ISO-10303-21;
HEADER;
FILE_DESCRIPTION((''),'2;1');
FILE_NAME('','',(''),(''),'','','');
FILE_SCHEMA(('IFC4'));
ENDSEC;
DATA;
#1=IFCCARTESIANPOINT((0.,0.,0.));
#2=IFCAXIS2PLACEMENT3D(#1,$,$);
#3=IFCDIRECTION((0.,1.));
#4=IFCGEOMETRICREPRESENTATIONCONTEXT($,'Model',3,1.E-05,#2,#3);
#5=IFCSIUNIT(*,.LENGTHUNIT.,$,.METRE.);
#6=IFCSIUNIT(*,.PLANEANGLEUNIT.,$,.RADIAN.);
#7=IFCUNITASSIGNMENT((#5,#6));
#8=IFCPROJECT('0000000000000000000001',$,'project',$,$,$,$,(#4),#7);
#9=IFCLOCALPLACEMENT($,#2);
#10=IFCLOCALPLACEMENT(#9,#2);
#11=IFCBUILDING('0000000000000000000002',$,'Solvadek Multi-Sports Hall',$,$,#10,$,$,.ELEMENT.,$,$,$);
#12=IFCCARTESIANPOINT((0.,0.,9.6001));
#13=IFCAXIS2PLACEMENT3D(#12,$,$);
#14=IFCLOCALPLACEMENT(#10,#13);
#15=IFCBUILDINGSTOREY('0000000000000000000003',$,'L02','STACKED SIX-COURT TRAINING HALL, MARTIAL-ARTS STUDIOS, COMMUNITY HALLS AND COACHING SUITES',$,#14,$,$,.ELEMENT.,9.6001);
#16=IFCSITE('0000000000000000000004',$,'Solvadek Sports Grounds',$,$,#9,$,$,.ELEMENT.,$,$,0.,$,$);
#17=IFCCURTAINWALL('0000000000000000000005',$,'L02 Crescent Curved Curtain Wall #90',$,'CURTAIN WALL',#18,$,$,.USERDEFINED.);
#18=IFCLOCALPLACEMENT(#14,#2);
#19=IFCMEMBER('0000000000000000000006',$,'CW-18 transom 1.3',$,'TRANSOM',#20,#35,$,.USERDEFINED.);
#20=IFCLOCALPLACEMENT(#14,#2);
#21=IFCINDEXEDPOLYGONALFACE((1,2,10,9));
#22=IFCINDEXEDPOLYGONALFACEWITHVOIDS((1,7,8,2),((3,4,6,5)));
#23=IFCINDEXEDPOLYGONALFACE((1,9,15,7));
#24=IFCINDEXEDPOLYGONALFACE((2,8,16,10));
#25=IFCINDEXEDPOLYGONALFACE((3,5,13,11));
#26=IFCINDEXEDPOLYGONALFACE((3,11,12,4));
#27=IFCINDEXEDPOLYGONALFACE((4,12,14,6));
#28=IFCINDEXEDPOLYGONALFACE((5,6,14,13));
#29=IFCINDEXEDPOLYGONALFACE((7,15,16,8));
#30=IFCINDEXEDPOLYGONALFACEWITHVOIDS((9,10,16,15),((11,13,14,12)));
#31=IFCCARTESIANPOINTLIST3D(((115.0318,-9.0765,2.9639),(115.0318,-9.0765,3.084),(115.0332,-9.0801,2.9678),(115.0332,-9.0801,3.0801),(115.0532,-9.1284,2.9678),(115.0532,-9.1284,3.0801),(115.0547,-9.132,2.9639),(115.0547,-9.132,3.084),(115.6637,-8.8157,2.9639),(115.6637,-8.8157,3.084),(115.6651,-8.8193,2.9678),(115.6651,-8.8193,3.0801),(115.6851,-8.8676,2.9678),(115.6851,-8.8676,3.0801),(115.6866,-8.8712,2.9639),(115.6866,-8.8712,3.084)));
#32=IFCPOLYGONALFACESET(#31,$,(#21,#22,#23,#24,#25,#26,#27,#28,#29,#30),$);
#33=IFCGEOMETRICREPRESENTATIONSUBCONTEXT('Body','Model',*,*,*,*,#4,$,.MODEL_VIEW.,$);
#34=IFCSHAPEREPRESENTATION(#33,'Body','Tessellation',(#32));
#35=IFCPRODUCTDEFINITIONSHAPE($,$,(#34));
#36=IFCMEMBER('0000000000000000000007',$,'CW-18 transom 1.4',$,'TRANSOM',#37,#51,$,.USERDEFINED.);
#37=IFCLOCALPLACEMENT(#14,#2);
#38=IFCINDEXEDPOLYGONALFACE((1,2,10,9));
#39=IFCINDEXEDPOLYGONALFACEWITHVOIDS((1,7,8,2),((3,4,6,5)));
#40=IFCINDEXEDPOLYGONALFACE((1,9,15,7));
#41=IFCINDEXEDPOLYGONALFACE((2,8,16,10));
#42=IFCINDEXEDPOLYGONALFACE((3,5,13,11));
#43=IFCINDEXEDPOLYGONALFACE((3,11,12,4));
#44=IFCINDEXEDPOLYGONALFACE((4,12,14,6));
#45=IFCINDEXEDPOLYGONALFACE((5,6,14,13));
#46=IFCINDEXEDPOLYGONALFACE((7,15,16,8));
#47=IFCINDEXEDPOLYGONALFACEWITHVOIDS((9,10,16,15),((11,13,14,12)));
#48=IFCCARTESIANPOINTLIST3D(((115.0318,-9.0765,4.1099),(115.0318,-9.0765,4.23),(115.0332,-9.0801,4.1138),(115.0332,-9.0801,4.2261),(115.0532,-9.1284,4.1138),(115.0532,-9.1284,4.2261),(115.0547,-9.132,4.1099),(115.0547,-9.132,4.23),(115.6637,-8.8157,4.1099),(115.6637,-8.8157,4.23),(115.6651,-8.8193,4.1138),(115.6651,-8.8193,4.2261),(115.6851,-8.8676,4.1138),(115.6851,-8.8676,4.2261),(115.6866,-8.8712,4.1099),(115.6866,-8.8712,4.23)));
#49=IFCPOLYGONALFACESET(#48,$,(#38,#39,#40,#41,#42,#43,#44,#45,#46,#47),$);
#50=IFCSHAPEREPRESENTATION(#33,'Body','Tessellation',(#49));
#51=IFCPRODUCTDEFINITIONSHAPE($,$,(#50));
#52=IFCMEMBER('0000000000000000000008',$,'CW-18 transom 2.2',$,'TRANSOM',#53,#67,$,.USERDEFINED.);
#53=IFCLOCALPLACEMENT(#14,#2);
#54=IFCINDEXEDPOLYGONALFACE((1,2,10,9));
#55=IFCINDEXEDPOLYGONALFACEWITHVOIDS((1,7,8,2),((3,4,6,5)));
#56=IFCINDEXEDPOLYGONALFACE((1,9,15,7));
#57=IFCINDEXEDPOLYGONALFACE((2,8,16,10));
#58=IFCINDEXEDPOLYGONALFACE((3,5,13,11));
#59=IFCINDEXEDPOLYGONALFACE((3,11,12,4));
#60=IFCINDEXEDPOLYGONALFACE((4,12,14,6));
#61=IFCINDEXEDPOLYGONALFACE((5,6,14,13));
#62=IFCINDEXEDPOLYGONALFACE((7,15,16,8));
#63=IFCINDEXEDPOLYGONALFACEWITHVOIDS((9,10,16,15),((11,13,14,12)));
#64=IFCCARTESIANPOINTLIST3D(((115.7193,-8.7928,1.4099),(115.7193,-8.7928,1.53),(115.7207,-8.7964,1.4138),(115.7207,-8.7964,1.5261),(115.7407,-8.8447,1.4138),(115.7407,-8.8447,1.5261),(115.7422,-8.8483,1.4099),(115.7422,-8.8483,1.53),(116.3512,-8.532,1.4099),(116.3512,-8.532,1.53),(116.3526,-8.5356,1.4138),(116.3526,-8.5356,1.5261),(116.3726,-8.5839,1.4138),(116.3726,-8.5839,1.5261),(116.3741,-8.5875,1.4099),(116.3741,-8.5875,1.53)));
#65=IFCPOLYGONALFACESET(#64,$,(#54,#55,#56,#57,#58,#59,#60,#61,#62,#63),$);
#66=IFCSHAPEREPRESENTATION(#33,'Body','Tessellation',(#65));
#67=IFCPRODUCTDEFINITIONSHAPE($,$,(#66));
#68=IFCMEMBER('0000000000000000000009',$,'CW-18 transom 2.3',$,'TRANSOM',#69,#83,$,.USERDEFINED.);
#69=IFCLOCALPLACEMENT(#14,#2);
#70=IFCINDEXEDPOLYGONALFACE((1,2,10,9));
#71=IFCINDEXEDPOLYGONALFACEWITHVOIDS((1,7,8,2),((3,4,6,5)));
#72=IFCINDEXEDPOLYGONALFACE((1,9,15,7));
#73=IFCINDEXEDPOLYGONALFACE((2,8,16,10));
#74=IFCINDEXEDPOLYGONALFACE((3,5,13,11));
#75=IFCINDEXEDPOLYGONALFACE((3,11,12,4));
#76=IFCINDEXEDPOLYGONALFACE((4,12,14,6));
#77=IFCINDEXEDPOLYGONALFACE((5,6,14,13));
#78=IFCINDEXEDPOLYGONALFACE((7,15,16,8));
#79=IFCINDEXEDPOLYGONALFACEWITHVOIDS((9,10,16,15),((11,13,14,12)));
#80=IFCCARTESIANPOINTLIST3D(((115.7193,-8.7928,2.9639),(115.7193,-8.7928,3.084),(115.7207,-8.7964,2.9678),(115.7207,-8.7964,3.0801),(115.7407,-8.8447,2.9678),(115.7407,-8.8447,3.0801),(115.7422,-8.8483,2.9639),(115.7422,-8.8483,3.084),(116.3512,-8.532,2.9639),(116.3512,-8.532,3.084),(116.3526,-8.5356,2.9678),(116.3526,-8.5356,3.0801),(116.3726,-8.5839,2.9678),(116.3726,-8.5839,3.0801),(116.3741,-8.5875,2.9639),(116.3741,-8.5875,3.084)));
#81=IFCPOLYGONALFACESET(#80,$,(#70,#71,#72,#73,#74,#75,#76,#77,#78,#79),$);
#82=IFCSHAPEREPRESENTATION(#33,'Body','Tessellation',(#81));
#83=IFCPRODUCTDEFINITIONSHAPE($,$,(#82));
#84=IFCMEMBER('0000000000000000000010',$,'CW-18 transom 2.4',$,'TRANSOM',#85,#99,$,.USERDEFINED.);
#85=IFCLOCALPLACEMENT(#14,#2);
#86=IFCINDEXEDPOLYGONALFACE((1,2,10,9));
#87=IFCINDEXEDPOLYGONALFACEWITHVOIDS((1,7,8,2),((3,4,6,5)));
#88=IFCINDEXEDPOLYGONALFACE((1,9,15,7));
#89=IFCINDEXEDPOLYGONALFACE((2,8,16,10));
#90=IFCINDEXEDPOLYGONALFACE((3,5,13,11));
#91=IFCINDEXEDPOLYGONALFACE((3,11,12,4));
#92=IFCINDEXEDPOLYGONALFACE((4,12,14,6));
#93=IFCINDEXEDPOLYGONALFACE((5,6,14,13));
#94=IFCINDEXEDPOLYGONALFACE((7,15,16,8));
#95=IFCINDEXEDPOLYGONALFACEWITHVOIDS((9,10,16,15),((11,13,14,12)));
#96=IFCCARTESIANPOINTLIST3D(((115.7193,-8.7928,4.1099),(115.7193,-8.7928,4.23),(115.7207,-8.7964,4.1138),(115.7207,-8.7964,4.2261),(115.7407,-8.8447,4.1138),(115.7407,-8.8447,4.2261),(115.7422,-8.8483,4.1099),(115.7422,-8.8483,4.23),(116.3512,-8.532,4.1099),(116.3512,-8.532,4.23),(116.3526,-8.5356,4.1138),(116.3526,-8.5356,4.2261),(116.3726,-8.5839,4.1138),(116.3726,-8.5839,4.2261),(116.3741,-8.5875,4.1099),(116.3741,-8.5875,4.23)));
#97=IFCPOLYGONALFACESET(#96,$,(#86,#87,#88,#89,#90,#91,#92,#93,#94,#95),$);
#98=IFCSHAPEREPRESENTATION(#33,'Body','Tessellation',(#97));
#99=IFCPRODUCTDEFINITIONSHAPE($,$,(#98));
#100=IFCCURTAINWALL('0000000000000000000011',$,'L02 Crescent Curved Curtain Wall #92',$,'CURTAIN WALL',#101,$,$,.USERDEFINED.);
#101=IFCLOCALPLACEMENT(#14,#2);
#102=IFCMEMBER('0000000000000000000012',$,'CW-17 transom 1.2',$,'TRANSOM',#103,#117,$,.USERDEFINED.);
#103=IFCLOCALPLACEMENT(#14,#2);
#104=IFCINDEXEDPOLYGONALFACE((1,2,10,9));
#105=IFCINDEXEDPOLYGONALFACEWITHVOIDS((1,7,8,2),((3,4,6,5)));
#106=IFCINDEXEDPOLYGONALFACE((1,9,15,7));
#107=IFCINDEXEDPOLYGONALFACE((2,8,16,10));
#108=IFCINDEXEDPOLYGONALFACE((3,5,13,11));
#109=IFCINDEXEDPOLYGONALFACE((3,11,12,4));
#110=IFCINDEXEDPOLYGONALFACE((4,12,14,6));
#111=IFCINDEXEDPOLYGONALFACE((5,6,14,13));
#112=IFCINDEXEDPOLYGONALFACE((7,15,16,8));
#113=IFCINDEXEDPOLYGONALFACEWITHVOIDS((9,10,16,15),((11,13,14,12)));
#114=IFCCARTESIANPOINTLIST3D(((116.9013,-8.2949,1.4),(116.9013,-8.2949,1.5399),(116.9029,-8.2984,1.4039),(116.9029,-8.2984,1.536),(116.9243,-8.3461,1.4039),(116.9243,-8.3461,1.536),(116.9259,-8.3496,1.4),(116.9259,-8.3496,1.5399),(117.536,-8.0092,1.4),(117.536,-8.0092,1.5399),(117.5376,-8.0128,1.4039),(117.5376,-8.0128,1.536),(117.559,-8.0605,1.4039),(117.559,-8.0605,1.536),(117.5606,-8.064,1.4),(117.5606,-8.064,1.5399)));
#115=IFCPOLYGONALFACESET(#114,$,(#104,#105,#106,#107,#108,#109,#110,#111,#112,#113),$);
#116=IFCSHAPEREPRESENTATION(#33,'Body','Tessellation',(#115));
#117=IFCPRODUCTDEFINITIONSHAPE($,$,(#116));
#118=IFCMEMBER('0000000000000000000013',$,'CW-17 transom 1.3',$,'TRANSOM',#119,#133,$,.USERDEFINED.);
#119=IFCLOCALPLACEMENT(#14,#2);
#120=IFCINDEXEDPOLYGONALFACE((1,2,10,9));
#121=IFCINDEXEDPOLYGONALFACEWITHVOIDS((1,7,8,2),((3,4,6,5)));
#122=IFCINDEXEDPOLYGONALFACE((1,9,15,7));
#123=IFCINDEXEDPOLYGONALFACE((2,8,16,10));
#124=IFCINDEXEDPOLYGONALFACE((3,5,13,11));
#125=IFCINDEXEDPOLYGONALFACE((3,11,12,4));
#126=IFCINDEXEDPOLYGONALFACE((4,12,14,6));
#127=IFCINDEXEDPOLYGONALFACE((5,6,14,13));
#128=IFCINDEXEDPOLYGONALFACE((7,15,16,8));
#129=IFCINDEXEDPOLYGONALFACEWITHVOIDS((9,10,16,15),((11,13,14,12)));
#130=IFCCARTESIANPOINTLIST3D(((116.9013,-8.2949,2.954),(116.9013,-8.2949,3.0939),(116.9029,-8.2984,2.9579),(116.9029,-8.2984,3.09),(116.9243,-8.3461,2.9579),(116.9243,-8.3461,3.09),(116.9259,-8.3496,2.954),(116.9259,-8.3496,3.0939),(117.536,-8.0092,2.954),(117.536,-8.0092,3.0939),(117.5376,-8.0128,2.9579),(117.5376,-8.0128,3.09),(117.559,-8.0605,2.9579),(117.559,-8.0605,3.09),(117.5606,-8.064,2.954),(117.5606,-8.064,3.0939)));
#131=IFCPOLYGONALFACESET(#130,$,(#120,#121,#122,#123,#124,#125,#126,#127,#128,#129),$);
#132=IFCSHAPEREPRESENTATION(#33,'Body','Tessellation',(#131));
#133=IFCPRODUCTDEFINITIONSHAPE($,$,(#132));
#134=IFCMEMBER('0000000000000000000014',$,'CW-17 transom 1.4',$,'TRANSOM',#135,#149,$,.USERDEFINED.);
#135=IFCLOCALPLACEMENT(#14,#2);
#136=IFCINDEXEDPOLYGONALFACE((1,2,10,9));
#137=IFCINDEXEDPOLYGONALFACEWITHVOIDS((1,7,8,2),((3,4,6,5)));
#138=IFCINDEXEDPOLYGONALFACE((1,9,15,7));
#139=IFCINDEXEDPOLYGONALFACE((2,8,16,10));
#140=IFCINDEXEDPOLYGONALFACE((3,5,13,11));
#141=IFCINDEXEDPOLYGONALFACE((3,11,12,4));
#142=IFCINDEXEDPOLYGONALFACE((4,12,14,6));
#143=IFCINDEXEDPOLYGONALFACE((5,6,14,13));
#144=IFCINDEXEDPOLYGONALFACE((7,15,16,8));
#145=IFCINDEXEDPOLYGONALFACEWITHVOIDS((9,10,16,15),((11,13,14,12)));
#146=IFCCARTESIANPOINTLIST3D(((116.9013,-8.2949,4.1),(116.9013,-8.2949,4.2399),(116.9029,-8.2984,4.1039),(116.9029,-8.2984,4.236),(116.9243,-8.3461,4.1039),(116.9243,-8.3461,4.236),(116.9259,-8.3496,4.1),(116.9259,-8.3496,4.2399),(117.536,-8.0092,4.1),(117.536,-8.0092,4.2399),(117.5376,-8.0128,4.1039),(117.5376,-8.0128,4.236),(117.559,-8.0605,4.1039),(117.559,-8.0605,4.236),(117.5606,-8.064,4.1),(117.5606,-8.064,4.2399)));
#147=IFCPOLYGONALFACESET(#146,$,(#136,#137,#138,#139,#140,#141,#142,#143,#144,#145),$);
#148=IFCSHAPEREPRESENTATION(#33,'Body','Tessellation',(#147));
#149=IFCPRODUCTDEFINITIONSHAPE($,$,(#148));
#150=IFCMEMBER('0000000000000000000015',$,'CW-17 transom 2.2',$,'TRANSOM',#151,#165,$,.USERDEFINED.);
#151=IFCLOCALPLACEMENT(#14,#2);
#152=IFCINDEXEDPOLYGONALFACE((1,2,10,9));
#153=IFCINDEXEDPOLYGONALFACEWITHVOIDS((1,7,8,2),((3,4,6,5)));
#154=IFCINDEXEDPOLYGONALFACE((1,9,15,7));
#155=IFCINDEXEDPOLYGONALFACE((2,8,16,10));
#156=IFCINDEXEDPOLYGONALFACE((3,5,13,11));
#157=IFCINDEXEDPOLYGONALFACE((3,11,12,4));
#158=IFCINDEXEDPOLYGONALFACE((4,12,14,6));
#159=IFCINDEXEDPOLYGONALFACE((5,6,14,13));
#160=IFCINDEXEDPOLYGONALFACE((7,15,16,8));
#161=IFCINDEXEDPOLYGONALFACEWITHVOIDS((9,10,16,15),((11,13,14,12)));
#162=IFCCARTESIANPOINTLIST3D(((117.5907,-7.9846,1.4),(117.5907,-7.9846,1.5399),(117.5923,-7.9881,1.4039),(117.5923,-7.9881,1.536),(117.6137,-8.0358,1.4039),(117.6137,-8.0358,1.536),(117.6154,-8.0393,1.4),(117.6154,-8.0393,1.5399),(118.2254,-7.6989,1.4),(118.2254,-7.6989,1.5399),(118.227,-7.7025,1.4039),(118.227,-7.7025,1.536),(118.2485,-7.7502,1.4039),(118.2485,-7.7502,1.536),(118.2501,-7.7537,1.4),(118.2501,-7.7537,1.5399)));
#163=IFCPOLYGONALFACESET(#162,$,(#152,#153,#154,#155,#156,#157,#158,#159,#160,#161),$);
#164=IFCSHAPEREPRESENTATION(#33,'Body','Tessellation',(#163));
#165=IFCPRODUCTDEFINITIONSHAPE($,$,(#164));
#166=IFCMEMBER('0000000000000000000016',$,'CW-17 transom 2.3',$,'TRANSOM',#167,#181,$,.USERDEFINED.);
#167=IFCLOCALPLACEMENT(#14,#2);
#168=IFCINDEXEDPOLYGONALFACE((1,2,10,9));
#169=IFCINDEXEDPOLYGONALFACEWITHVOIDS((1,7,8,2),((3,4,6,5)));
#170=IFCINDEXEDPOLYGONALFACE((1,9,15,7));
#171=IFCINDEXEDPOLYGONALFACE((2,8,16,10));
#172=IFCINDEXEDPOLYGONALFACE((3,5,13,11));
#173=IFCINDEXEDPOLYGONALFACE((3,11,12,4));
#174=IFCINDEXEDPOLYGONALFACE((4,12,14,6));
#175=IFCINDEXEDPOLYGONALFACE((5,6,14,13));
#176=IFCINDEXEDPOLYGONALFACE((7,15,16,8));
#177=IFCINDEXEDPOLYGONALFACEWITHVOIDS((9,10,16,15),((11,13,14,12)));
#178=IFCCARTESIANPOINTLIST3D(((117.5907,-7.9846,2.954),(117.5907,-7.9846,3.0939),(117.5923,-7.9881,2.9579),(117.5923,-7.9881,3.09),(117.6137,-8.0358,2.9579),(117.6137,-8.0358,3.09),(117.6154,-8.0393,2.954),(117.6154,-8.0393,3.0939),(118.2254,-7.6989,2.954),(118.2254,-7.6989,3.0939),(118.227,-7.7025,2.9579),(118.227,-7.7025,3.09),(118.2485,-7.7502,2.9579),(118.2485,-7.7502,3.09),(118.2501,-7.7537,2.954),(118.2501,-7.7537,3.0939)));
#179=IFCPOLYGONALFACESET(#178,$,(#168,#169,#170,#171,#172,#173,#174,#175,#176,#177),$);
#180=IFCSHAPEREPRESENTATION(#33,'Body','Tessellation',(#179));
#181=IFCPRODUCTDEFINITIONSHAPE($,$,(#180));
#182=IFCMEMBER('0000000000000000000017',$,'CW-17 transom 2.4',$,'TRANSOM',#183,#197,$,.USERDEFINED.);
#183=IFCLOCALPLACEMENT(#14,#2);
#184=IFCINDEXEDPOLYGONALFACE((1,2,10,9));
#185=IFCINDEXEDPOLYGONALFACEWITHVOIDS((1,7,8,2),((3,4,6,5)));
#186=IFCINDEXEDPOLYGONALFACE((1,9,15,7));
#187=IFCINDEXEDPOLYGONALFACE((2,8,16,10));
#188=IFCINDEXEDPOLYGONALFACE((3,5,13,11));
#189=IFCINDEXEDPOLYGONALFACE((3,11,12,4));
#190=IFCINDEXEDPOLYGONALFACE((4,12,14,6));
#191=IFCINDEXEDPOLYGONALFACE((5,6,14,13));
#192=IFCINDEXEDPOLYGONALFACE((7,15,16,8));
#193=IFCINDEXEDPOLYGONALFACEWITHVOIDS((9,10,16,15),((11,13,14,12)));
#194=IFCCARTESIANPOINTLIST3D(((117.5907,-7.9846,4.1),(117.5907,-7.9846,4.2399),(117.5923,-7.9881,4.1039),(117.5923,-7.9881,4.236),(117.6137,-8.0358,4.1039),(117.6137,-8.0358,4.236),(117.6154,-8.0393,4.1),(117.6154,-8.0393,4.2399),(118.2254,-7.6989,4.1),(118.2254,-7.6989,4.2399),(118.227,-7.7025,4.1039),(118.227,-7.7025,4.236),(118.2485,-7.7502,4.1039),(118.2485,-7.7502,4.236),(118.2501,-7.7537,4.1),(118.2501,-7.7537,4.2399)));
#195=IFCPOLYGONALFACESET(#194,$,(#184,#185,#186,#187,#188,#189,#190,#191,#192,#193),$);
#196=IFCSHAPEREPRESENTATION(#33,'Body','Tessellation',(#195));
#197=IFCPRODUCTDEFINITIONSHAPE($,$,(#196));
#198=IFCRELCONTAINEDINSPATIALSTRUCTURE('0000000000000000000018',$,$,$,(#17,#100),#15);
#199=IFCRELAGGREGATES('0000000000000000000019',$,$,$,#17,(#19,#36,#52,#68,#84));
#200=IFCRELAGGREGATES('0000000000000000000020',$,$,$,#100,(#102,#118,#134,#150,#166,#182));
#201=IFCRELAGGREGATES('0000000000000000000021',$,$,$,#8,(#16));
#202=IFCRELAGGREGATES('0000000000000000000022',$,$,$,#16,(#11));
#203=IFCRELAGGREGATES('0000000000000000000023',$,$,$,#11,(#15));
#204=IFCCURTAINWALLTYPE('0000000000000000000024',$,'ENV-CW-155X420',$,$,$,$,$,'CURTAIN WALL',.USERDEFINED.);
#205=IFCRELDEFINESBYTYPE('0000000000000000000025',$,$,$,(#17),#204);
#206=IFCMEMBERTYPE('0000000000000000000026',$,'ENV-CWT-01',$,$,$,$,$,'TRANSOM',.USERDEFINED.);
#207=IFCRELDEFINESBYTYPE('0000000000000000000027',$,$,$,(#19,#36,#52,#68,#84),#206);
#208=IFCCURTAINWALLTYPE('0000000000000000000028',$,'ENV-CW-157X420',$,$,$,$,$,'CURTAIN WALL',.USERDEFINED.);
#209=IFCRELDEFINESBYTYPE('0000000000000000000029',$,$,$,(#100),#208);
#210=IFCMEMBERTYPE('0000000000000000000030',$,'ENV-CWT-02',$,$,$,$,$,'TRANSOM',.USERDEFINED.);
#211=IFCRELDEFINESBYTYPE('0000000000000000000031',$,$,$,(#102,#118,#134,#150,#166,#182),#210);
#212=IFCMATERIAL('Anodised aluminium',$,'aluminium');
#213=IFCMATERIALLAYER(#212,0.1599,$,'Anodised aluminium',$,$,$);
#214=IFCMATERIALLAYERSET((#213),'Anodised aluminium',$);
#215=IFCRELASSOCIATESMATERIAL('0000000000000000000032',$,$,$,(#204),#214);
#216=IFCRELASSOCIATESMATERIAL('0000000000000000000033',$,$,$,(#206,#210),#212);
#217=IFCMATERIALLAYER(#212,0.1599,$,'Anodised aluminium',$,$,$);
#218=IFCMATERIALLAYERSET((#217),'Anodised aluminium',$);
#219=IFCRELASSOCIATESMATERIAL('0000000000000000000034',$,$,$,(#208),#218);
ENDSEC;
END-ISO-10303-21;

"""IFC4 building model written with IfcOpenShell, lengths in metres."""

from ifc_helpers import new_model, si_unit, direction, frame, origin, origin_2d, place, context, subcontext, project, spatial, hollow_rectangle, extrude, material, layer, layer_set, material_profile, profile_set, type_object, element, aggregate, save


model = new_model("IFC4")

# Units and contexts
model_context = context("Model", 3, precision=1e-05, world=origin(), true_north=direction((0.0, 1.0)))
body_context = subcontext(model_context, "Body", "Model", "MODEL_VIEW")
ifc_project = project(units=[si_unit("LENGTHUNIT", "METRE"), si_unit("PLANEANGLEUNIT", "RADIAN")], contexts=[model_context])

# Site, building, storey
site_placement = place(None, origin())
site = spatial("IfcSite", under=ifc_project, at=site_placement, Name="Solvadek Sports Grounds", CompositionType="ELEMENT", RefElevation=0.0)
building_placement = place(site_placement, origin())
building = spatial("IfcBuilding", under=site, at=building_placement, Name="Solvadek Multi-Sports Hall", CompositionType="ELEMENT")
storey_placement = place(building_placement, frame((0.0, 0.0, 9.6001)))
storey = spatial("IfcBuildingStorey", under=building, at=storey_placement, Name="L02", Description="STACKED SIX-COURT TRAINING HALL, MARTIAL-ARTS STUDIOS, COMMUNITY HALLS AND COACHING SUITES", CompositionType="ELEMENT", Elevation=9.6001)

# Curtain walls, members
ifc_material_1 = material(Name="Anodised aluminium", Category="aluminium")
ifc_layer_1 = layer(ifc_material_1, 0.1599, Name="Anodised aluminium")
ifc_layer_set_1 = layer_set([ifc_layer_1], Name="Anodised aluminium")
curtain_wall_type_1 = type_object("IfcCurtainWallType", Name="ENV-CW-155X420", ElementType="CURTAIN WALL", PredefinedType="USERDEFINED", material=ifc_layer_set_1)
curtain_wall_1_placement = place(storey_placement, origin())
curtain_wall_1 = element("IfcCurtainWall", 1, at=curtain_wall_1_placement, inside=storey, type_object=curtain_wall_type_1, Name="L02 Crescent Curved Curtain Wall #90", ObjectType="CURTAIN WALL", PredefinedType="USERDEFINED")
ifc_material_profile_1 = material_profile(ifc_material_1, hollow_rectangle(XDim=0.0601, YDim=0.1201, WallThickness=0.0039, at=origin_2d()), Name="ALU-T 120x60x4")
ifc_profile_set_1 = profile_set([ifc_material_profile_1], Name="Anodised aluminium")
member_type_1 = type_object("IfcMemberType", Name="ENV-CWT-01", ElementType="TRANSOM", PredefinedType="USERDEFINED", material=ifc_profile_set_1)
member_1_placement = place(storey_placement, frame((115.0432, -9.1042, 3.0239), z_axis=(0.924382, 0.381468, 0.0), x_axis=(-0.381468, 0.924382, 0.0)))
member_1 = element("IfcMember", 2, at=member_1_placement, type_object=member_type_1, Name="CW-18 transom 1.3", ObjectType="TRANSOM", PredefinedType="USERDEFINED", context=body_context, shape_type="SweptSolid", body=[
    extrude(hollow_rectangle(XDim=0.0601, YDim=0.1201, WallThickness=0.0039, at=origin_2d()), origin(), (0.0, 0.0, 1.0), 0.6836),
])
member_2_placement = place(storey_placement, frame((115.0432, -9.1042, 4.1699), z_axis=(0.924382, 0.381468, 0.0), x_axis=(-0.381468, 0.924382, 0.0)))
member_2 = element("IfcMember", 3, at=member_2_placement, type_object=member_type_1, Name="CW-18 transom 1.4", ObjectType="TRANSOM", PredefinedType="USERDEFINED", context=body_context, shape_type="SweptSolid", body=[
    extrude(hollow_rectangle(XDim=0.0601, YDim=0.1201, WallThickness=0.0039, at=origin_2d()), origin(), (0.0, 0.0, 1.0), 0.6836),
])
member_3_placement = place(storey_placement, frame((115.7307, -8.8206, 1.47), z_axis=(0.924382, 0.381468, 0.0), x_axis=(-0.381468, 0.924382, 0.0)))
member_3 = element("IfcMember", 4, at=member_3_placement, type_object=member_type_1, Name="CW-18 transom 2.2", ObjectType="TRANSOM", PredefinedType="USERDEFINED", context=body_context, shape_type="SweptSolid", body=[
    extrude(hollow_rectangle(XDim=0.0601, YDim=0.1201, WallThickness=0.0039, at=origin_2d()), origin(), (0.0, 0.0, 1.0), 0.6836),
])
member_4_placement = place(storey_placement, frame((115.7307, -8.8206, 3.0239), z_axis=(0.924382, 0.381468, 0.0), x_axis=(-0.381468, 0.924382, 0.0)))
member_4 = element("IfcMember", 5, at=member_4_placement, type_object=member_type_1, Name="CW-18 transom 2.3", ObjectType="TRANSOM", PredefinedType="USERDEFINED", context=body_context, shape_type="SweptSolid", body=[
    extrude(hollow_rectangle(XDim=0.0601, YDim=0.1201, WallThickness=0.0039, at=origin_2d()), origin(), (0.0, 0.0, 1.0), 0.6836),
])
member_5_placement = place(storey_placement, frame((115.7307, -8.8206, 4.1699), z_axis=(0.924382, 0.381468, 0.0), x_axis=(-0.381468, 0.924382, 0.0)))
member_5 = element("IfcMember", 6, at=member_5_placement, type_object=member_type_1, Name="CW-18 transom 2.4", ObjectType="TRANSOM", PredefinedType="USERDEFINED", context=body_context, shape_type="SweptSolid", body=[
    extrude(hollow_rectangle(XDim=0.0601, YDim=0.1201, WallThickness=0.0039, at=origin_2d()), origin(), (0.0, 0.0, 1.0), 0.6836),
])
ifc_layer_2 = layer(ifc_material_1, 0.1599, Name="Anodised aluminium")
ifc_layer_set_2 = layer_set([ifc_layer_2], Name="Anodised aluminium")
curtain_wall_type_2 = type_object("IfcCurtainWallType", Name="ENV-CW-157X420", ElementType="CURTAIN WALL", PredefinedType="USERDEFINED", material=ifc_layer_set_2)
curtain_wall_2_placement = place(storey_placement, origin())
curtain_wall_2 = element("IfcCurtainWall", 7, at=curtain_wall_2_placement, inside=storey, type_object=curtain_wall_type_2, Name="L02 Crescent Curved Curtain Wall #92", ObjectType="CURTAIN WALL", PredefinedType="USERDEFINED")
ifc_material_profile_2 = material_profile(ifc_material_1, hollow_rectangle(XDim=0.0601, YDim=0.1399, WallThickness=0.0039, at=origin_2d()), Name="ALU-T 140x60x4")
ifc_profile_set_2 = profile_set([ifc_material_profile_2], Name="Anodised aluminium")
member_type_2 = type_object("IfcMemberType", Name="ENV-CWT-02", ElementType="TRANSOM", PredefinedType="USERDEFINED", material=ifc_profile_set_2)
member_6_placement = place(storey_placement, frame((116.9136, -8.3223, 1.47), z_axis=(0.911922, 0.410365, 0.0), x_axis=(-0.410365, 0.911922, 0.0)))
member_6 = element("IfcMember", 8, at=member_6_placement, type_object=member_type_2, Name="CW-17 transom 1.2", ObjectType="TRANSOM", PredefinedType="USERDEFINED", context=body_context, shape_type="SweptSolid", body=[
    extrude(hollow_rectangle(XDim=0.0601, YDim=0.1399, WallThickness=0.0039, at=origin_2d()), origin(), (0.0, 0.0, 1.0), 0.696),
])
member_7_placement = place(storey_placement, frame((116.9136, -8.3223, 3.0239), z_axis=(0.911922, 0.410365, 0.0), x_axis=(-0.410365, 0.911922, 0.0)))
member_7 = element("IfcMember", 9, at=member_7_placement, type_object=member_type_2, Name="CW-17 transom 1.3", ObjectType="TRANSOM", PredefinedType="USERDEFINED", context=body_context, shape_type="SweptSolid", body=[
    extrude(hollow_rectangle(XDim=0.0601, YDim=0.1399, WallThickness=0.0039, at=origin_2d()), origin(), (0.0, 0.0, 1.0), 0.696),
])
member_8_placement = place(storey_placement, frame((116.9136, -8.3223, 4.1699), z_axis=(0.911922, 0.410365, 0.0), x_axis=(-0.410365, 0.911922, 0.0)))
member_8 = element("IfcMember", 10, at=member_8_placement, type_object=member_type_2, Name="CW-17 transom 1.4", ObjectType="TRANSOM", PredefinedType="USERDEFINED", context=body_context, shape_type="SweptSolid", body=[
    extrude(hollow_rectangle(XDim=0.0601, YDim=0.1399, WallThickness=0.0039, at=origin_2d()), origin(), (0.0, 0.0, 1.0), 0.696),
])
member_9_placement = place(storey_placement, frame((117.603, -8.012, 1.47), z_axis=(0.911922, 0.410365, 0.0), x_axis=(-0.410365, 0.911922, 0.0)))
member_9 = element("IfcMember", 11, at=member_9_placement, type_object=member_type_2, Name="CW-17 transom 2.2", ObjectType="TRANSOM", PredefinedType="USERDEFINED", context=body_context, shape_type="SweptSolid", body=[
    extrude(hollow_rectangle(XDim=0.0601, YDim=0.1399, WallThickness=0.0039, at=origin_2d()), origin(), (0.0, 0.0, 1.0), 0.696),
])
member_10_placement = place(storey_placement, frame((117.603, -8.012, 3.0239), z_axis=(0.911922, 0.410365, 0.0), x_axis=(-0.410365, 0.911922, 0.0)))
member_10 = element("IfcMember", 12, at=member_10_placement, type_object=member_type_2, Name="CW-17 transom 2.3", ObjectType="TRANSOM", PredefinedType="USERDEFINED", context=body_context, shape_type="SweptSolid", body=[
    extrude(hollow_rectangle(XDim=0.0601, YDim=0.1399, WallThickness=0.0039, at=origin_2d()), origin(), (0.0, 0.0, 1.0), 0.696),
])
member_11_placement = place(storey_placement, frame((117.603, -8.012, 4.1699), z_axis=(0.911922, 0.410365, 0.0), x_axis=(-0.410365, 0.911922, 0.0)))
member_11 = element("IfcMember", 13, at=member_11_placement, type_object=member_type_2, Name="CW-17 transom 2.4", ObjectType="TRANSOM", PredefinedType="USERDEFINED", context=body_context, shape_type="SweptSolid", body=[
    extrude(hollow_rectangle(XDim=0.0601, YDim=0.1399, WallThickness=0.0039, at=origin_2d()), origin(), (0.0, 0.0, 1.0), 0.696),
])

aggregate(curtain_wall_1, [member_1, member_2, member_3, member_4, member_5])
aggregate(curtain_wall_2, [member_6, member_7, member_8, member_9, member_10, member_11])

save(model, "model.ifc")
